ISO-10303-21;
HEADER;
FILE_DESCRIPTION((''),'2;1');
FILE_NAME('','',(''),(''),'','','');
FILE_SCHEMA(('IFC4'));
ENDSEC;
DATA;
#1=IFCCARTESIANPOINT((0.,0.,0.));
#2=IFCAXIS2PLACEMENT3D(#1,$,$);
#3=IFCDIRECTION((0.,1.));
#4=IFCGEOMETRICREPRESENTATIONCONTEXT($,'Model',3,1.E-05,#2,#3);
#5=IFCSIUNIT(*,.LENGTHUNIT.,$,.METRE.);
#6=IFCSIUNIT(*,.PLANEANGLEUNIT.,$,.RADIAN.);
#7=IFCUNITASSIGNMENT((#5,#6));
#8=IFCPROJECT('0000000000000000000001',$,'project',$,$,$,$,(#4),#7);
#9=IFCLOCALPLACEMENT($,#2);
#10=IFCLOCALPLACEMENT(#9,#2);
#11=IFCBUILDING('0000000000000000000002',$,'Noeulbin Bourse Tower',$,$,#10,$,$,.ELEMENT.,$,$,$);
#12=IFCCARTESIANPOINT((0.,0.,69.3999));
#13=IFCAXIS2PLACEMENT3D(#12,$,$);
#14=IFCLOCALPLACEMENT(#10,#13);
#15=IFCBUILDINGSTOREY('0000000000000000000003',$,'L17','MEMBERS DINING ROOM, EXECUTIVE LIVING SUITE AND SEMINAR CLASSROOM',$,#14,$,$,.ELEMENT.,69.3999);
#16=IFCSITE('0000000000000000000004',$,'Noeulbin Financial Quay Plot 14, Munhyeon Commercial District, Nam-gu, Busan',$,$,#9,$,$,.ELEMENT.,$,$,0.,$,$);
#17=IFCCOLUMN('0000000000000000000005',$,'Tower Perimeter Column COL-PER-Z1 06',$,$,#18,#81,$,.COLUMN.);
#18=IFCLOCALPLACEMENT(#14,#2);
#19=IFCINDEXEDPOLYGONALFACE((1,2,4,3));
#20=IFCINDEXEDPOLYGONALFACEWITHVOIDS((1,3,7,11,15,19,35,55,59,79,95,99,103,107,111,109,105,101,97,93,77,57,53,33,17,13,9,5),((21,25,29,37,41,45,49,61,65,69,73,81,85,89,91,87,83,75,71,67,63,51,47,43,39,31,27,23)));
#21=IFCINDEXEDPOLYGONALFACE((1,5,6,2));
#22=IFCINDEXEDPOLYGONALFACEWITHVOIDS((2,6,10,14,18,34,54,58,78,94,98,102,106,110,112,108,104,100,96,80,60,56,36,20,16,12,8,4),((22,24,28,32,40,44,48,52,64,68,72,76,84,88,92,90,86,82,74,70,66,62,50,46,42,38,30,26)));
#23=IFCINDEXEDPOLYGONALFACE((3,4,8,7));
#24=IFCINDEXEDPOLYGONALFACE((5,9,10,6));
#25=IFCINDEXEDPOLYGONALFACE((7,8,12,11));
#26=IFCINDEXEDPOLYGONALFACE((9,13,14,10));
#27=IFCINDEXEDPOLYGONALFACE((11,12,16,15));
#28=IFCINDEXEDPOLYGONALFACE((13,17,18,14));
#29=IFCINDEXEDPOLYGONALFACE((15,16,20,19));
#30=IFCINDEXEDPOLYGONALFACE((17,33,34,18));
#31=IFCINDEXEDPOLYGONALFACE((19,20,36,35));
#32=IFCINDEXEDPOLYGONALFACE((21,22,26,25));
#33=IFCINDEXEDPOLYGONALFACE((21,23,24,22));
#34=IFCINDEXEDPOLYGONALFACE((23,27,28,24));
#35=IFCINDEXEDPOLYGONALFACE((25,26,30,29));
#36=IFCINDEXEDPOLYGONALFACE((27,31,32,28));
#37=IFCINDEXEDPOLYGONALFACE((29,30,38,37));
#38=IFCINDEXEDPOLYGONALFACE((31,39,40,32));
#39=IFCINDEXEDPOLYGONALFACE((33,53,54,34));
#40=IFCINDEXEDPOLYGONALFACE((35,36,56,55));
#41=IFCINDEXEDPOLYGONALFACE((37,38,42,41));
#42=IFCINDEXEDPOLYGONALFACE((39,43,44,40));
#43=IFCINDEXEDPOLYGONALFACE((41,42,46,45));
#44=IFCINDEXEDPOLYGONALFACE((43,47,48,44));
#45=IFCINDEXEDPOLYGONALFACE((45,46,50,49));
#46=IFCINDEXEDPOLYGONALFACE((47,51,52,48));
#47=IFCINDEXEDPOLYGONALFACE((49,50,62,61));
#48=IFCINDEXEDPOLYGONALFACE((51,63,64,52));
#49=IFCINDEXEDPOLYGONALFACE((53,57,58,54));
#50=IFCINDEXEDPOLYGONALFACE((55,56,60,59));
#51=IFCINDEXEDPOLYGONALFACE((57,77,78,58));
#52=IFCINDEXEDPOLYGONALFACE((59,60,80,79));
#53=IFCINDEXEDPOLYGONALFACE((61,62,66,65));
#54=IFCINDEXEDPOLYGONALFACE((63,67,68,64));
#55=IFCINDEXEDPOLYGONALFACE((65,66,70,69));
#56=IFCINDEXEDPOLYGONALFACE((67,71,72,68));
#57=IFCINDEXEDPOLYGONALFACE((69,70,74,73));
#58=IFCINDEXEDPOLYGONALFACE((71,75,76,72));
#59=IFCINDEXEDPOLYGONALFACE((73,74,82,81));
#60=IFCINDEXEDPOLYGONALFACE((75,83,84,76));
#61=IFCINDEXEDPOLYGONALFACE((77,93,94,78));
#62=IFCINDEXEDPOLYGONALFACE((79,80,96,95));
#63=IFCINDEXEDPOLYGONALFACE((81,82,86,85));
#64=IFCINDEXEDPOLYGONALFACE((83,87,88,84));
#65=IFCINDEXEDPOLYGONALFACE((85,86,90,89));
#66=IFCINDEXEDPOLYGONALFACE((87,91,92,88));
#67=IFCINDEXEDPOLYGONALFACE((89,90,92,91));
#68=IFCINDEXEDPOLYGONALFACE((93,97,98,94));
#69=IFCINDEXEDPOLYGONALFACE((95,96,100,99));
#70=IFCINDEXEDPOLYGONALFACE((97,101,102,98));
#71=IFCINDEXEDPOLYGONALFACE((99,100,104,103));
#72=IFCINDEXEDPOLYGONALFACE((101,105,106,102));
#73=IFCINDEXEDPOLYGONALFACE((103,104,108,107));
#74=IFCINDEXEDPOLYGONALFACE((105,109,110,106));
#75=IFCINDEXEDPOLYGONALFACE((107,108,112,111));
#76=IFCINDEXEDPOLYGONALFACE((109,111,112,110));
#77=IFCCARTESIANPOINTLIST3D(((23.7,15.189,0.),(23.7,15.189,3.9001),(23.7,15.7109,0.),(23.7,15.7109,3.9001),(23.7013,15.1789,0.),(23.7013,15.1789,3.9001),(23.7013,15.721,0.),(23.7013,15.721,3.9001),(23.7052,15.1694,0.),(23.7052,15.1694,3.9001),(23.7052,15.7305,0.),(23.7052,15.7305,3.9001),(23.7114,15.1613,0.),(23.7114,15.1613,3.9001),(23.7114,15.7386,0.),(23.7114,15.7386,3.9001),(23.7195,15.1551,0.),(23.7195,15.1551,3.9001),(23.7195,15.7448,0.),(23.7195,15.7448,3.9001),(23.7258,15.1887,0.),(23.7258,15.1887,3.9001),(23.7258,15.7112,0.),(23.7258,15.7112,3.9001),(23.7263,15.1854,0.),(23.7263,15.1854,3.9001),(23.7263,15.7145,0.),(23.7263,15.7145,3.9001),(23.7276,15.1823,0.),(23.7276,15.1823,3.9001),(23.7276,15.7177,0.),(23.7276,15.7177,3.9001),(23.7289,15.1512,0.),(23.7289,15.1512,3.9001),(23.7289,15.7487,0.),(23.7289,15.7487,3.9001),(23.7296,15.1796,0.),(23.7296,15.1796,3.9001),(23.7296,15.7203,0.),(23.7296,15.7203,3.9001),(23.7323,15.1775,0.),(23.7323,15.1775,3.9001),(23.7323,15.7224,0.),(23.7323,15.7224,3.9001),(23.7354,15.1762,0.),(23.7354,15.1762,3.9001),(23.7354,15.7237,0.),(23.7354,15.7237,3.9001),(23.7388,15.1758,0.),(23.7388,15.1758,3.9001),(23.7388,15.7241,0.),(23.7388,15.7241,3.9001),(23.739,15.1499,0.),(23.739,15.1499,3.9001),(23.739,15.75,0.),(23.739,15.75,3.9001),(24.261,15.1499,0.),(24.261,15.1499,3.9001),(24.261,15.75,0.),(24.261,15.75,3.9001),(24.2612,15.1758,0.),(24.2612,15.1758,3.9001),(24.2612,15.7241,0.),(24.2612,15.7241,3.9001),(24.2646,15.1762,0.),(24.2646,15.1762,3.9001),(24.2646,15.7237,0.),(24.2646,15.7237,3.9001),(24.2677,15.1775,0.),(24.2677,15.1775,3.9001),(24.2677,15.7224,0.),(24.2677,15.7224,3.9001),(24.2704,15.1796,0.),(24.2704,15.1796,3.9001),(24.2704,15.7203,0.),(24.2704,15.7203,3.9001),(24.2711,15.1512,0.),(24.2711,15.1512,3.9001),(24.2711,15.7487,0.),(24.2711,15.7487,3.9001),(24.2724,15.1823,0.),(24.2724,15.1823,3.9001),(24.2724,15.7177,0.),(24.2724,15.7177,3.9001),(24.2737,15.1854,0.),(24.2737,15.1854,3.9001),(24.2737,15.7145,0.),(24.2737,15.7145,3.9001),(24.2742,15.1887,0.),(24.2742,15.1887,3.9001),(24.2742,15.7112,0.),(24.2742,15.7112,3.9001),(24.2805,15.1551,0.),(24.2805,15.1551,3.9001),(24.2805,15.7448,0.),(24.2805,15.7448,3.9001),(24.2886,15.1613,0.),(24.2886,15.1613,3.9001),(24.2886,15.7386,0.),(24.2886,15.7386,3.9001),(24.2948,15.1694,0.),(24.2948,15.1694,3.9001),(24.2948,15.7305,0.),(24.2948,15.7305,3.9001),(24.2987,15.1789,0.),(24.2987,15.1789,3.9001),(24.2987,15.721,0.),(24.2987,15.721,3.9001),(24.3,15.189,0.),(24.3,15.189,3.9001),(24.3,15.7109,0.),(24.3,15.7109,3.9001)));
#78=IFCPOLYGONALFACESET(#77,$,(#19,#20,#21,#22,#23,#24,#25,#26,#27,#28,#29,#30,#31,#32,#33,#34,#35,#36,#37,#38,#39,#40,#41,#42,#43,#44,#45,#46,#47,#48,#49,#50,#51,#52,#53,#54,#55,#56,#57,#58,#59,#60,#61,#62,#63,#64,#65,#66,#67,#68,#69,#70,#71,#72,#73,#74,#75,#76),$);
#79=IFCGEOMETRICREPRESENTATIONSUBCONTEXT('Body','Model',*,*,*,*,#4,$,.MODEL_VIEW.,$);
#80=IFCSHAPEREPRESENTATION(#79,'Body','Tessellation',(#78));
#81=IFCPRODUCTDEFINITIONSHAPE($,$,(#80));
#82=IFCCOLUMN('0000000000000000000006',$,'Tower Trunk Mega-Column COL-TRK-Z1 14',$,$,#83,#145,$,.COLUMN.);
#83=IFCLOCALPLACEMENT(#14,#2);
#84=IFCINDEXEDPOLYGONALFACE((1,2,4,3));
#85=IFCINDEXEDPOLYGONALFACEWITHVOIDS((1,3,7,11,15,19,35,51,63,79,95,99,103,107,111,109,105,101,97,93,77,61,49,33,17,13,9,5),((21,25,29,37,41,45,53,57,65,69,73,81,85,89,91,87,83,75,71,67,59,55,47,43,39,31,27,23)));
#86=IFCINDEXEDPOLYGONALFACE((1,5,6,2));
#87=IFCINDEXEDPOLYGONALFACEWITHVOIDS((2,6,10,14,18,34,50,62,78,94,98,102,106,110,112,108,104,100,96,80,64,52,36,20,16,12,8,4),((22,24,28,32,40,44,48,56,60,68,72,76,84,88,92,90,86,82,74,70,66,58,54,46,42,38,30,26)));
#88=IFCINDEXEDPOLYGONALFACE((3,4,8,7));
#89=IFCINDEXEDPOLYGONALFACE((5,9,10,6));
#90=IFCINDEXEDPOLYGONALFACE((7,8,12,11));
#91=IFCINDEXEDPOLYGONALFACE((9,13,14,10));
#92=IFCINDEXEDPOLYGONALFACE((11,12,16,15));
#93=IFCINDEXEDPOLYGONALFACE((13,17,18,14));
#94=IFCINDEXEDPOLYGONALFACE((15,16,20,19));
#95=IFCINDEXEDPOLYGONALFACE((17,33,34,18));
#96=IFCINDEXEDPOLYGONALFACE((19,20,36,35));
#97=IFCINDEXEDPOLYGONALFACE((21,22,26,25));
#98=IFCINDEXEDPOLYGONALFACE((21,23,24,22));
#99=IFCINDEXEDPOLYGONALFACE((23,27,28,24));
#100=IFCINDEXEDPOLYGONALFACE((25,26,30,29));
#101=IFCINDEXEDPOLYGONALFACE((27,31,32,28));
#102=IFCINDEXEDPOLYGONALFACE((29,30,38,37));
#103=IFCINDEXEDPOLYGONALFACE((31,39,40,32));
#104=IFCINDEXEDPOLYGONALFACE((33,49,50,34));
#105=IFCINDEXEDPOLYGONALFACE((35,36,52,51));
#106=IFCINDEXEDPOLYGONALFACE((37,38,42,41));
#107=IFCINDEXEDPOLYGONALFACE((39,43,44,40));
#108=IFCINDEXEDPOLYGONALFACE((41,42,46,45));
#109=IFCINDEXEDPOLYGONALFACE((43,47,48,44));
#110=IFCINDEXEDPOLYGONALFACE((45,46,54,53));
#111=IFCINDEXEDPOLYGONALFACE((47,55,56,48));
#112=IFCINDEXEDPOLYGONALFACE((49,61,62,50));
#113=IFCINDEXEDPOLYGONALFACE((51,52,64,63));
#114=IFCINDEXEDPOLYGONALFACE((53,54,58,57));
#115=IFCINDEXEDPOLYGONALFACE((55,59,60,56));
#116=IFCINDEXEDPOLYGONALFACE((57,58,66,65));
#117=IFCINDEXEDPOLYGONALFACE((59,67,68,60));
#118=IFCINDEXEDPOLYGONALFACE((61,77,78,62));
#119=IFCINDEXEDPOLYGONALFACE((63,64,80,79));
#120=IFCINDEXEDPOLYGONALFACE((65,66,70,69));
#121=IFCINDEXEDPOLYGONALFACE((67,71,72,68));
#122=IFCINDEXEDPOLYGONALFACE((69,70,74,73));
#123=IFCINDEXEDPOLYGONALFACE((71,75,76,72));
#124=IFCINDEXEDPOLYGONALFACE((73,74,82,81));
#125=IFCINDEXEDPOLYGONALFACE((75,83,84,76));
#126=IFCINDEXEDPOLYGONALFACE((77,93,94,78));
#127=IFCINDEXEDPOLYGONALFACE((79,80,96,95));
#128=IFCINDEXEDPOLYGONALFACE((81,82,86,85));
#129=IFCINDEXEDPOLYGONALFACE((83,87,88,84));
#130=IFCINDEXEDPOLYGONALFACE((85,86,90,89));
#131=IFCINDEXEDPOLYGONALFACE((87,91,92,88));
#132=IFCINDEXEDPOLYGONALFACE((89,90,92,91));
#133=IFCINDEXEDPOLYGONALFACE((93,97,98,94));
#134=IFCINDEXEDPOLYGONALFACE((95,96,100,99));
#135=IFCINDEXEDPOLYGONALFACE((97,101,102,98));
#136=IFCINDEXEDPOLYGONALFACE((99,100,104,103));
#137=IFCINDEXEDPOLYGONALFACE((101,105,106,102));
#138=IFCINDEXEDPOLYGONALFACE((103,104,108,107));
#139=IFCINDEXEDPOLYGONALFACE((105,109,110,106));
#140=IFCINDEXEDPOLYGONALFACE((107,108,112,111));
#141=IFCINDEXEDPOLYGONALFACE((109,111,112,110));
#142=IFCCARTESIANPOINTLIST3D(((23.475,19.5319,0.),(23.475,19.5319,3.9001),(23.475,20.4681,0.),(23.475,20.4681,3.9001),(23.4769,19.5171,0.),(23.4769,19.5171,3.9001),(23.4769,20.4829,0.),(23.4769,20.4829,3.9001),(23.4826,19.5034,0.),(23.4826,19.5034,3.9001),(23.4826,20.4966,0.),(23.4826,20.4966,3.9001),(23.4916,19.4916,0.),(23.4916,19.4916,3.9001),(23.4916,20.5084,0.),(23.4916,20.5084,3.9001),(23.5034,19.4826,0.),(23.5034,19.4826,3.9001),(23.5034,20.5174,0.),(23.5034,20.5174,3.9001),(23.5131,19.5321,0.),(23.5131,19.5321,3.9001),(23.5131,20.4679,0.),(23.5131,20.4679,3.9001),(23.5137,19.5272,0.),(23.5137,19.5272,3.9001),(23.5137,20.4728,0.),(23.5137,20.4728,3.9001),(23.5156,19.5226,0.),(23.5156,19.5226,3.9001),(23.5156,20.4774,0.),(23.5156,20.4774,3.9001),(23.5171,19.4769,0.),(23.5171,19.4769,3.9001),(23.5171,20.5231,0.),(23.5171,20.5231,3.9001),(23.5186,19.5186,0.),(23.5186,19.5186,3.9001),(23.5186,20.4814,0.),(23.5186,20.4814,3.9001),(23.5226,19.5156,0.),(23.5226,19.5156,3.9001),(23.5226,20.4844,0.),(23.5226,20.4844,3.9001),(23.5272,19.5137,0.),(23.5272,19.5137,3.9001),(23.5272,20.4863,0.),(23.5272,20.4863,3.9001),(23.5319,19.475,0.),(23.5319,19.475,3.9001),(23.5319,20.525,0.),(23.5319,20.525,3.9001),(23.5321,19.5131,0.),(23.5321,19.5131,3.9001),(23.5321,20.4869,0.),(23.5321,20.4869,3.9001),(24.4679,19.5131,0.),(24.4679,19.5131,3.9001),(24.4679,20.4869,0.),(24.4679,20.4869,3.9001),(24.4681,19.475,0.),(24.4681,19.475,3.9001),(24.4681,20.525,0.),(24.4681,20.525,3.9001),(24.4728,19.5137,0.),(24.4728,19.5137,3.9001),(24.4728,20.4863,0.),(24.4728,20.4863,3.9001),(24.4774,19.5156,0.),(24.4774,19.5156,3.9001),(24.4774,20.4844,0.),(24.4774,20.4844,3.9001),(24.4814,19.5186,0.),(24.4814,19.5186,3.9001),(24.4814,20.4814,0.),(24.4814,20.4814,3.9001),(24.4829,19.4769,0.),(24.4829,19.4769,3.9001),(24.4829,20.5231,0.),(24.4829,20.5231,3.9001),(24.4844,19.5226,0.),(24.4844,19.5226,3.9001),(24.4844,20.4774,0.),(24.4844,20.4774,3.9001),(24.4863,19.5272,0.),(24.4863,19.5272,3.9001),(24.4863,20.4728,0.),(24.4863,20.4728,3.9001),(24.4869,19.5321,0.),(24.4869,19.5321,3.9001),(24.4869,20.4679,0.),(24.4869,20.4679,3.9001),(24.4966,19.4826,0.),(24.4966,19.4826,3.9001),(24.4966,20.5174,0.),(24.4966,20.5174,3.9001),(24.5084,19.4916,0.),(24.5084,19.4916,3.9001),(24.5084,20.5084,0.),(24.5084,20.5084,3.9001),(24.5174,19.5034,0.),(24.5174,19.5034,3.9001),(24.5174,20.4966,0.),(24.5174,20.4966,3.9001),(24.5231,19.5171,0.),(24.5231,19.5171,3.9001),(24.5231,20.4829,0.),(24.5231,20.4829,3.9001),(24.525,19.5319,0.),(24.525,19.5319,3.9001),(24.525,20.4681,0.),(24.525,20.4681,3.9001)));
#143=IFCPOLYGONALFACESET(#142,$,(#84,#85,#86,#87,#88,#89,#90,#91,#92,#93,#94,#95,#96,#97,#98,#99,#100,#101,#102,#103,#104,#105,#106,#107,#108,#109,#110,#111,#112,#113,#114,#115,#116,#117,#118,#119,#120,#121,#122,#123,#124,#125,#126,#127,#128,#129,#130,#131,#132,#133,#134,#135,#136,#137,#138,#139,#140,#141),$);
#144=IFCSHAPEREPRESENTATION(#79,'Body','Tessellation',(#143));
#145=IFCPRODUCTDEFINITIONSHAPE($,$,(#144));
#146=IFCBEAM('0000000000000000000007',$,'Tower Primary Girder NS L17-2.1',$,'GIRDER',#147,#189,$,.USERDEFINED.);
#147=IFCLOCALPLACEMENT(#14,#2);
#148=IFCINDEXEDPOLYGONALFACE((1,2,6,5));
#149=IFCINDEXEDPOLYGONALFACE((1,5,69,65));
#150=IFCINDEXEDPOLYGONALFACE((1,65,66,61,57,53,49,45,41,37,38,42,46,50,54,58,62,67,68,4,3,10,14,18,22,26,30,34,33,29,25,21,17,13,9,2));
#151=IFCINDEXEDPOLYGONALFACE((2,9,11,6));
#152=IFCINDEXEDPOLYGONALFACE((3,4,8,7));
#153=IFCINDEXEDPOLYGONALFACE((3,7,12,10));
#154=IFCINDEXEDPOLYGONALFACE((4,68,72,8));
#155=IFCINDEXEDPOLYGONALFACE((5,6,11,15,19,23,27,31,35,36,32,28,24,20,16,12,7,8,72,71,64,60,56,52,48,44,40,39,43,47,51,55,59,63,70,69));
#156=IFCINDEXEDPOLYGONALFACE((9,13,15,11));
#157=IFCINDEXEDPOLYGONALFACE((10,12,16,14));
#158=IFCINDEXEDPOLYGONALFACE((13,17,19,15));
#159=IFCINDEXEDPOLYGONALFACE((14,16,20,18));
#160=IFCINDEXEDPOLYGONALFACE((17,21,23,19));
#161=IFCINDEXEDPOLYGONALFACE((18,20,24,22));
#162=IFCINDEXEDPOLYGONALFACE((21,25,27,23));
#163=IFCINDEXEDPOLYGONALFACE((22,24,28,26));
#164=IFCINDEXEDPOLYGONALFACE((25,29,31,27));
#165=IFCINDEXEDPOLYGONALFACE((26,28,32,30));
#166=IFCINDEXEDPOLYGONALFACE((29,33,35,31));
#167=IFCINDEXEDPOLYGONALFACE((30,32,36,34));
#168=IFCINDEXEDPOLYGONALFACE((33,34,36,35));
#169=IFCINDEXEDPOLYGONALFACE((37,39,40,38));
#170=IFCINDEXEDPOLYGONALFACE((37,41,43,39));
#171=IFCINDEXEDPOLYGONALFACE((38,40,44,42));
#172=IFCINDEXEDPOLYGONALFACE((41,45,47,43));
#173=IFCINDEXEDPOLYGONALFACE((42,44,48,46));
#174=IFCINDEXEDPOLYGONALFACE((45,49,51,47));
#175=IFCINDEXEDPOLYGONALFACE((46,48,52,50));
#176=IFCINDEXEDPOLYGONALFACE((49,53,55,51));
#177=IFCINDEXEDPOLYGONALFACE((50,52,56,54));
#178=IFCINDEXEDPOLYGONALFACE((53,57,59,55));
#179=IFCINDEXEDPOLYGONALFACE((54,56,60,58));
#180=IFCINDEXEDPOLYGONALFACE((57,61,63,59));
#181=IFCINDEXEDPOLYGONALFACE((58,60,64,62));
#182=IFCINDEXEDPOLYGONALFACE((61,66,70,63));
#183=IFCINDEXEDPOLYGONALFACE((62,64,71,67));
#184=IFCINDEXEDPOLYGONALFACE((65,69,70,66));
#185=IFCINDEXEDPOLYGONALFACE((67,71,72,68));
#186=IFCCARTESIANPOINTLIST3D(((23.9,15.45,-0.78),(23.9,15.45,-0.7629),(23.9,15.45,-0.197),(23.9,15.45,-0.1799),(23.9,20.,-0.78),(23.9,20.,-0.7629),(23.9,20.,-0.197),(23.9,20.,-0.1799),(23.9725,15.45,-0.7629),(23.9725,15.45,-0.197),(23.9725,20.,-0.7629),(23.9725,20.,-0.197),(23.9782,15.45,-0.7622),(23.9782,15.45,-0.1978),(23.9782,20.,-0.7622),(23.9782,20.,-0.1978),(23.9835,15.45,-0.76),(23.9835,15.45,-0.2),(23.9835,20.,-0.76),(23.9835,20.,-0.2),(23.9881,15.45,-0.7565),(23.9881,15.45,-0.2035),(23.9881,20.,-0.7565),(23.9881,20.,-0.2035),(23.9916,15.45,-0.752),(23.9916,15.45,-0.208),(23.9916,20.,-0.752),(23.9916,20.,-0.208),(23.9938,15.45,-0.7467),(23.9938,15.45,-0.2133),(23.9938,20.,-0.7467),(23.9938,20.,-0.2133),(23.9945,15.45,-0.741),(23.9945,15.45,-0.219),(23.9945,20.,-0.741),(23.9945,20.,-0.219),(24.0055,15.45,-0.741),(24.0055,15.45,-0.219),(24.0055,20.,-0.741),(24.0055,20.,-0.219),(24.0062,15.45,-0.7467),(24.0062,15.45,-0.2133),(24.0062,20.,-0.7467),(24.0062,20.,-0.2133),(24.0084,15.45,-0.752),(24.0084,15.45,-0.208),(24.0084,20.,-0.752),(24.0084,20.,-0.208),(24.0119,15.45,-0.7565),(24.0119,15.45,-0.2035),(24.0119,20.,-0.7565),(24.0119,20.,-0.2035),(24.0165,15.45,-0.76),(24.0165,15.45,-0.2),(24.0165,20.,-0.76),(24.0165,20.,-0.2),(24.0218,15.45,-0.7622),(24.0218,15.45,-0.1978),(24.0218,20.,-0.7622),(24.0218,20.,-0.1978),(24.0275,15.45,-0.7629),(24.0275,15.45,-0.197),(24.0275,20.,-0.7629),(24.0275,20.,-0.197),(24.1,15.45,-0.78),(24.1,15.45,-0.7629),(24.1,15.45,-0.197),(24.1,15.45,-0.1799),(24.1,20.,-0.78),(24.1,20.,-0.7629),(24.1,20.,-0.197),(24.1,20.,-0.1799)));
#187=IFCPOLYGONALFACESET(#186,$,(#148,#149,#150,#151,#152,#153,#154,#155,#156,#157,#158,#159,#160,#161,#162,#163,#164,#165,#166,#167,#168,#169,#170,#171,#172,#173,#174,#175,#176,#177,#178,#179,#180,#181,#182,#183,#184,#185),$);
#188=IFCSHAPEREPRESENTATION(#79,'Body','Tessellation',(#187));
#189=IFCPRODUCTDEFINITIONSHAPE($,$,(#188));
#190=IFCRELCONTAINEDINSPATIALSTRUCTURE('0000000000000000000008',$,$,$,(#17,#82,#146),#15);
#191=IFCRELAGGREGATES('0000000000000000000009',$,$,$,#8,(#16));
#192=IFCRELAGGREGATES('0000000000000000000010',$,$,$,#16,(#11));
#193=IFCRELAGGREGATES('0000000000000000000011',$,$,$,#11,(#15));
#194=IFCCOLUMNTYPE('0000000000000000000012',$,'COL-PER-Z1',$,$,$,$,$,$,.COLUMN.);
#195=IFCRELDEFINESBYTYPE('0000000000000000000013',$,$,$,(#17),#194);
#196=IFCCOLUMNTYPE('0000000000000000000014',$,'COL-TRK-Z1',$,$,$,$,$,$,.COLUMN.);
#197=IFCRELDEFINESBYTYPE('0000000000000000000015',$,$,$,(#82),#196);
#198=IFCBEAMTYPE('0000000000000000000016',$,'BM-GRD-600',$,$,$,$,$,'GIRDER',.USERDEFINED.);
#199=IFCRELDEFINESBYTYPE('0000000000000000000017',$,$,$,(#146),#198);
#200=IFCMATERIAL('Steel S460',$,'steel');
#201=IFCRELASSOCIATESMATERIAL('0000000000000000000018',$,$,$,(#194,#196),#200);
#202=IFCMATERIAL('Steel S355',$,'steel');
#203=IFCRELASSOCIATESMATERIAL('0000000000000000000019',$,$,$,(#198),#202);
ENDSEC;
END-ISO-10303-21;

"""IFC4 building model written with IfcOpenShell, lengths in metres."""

from ifc_helpers import new_model, si_unit, direction, frame, origin, origin_2d, place, context, subcontext, project, spatial, hollow_rectangle, i_section, extrude, material, material_profile, profile_set, type_object, element, save


model = new_model("IFC4")

# Units and contexts
model_context = context("Model", 3, precision=1e-05, world=origin(), true_north=direction((0.0, 1.0)))
body_context = subcontext(model_context, "Body", "Model", "MODEL_VIEW")
ifc_project = project(units=[si_unit("LENGTHUNIT", "METRE"), si_unit("PLANEANGLEUNIT", "RADIAN")], contexts=[model_context])

# Site, building, storey
site_placement = place(None, origin())
site = spatial("IfcSite", under=ifc_project, at=site_placement, Name="Noeulbin Financial Quay Plot 14, Munhyeon Commercial District, Nam-gu, Busan", CompositionType="ELEMENT", RefElevation=0.0)
building_placement = place(site_placement, origin())
building = spatial("IfcBuilding", under=site, at=building_placement, Name="Noeulbin Bourse Tower", CompositionType="ELEMENT")
storey_placement = place(building_placement, frame((0.0, 0.0, 69.3999)))
storey = spatial("IfcBuildingStorey", under=building, at=storey_placement, Name="L17", Description="MEMBERS DINING ROOM, EXECUTIVE LIVING SUITE AND SEMINAR CLASSROOM", CompositionType="ELEMENT", Elevation=69.3999)

# Columns
ifc_material_1 = material(Name="Steel S460", Category="steel")
ifc_material_profile_1 = material_profile(ifc_material_1, hollow_rectangle(XDim=0.6001, YDim=0.6001, WallThickness=0.0259, InnerFilletRadius=0.0129, OuterFilletRadius=0.0391, at=origin_2d()), Name="BOX-600x600x26", Category="LoadBearing")
ifc_profile_set_1 = profile_set([ifc_material_profile_1], Name="Steel S460")
column_type_1 = type_object("IfcColumnType", Name="COL-PER-Z1", PredefinedType="COLUMN", material=ifc_profile_set_1)
column_1_placement = place(storey_placement, frame((24.0, 15.45, 0.0), z_axis=(0.0, 0.0, 1.0), x_axis=(1.0, 0.0, 0.0)))
element("IfcColumn", 1, at=column_1_placement, inside=storey, type_object=column_type_1, Name="Tower Perimeter Column COL-PER-Z1 06", PredefinedType="COLUMN", context=body_context, shape_type="SweptSolid", body=[
    extrude(hollow_rectangle(XDim=0.6001, YDim=0.6001, WallThickness=0.0259, InnerFilletRadius=0.0129, OuterFilletRadius=0.0391, at=origin_2d()), origin(), (0.0, 0.0, 1.0), 3.9001),
])
ifc_material_profile_2 = material_profile(ifc_material_1, hollow_rectangle(XDim=1.05, YDim=1.05, WallThickness=0.0381, InnerFilletRadius=0.019, OuterFilletRadius=0.0569, at=origin_2d()), Name="BOX-1050x1050x38", Category="LoadBearing")
ifc_profile_set_2 = profile_set([ifc_material_profile_2], Name="Steel S460")
column_type_2 = type_object("IfcColumnType", Name="COL-TRK-Z1", PredefinedType="COLUMN", material=ifc_profile_set_2)
column_2_placement = place(storey_placement, frame((24.0, 20.0, 0.0), z_axis=(0.0, 0.0, 1.0), x_axis=(1.0, 0.0, 0.0)))
element("IfcColumn", 2, at=column_2_placement, inside=storey, type_object=column_type_2, Name="Tower Trunk Mega-Column COL-TRK-Z1 14", PredefinedType="COLUMN", context=body_context, shape_type="SweptSolid", body=[
    extrude(hollow_rectangle(XDim=1.05, YDim=1.05, WallThickness=0.0381, InnerFilletRadius=0.019, OuterFilletRadius=0.0569, at=origin_2d()), origin(), (0.0, 0.0, 1.0), 3.9001),
])

# Beam
ifc_material_2 = material(Name="Steel S355", Category="steel")
ifc_material_profile_3 = material_profile(ifc_material_2, i_section(OverallWidth=0.2, OverallDepth=0.6001, WebThickness=0.011, FlangeThickness=0.0171, FilletRadius=0.022, at=origin_2d()), Name="H-600x200x11x17", Category="LoadBearing")
ifc_profile_set_3 = profile_set([ifc_material_profile_3], Name="Steel S355")
beam_type_1 = type_object("IfcBeamType", Name="BM-GRD-600", ElementType="GIRDER", PredefinedType="USERDEFINED", material=ifc_profile_set_3)
beam_1_placement = place(storey_placement, frame((24.0, 15.45, -0.48), z_axis=(0.0, 1.0, 0.0), x_axis=(-1.0, 0.0, 0.0)))
element("IfcBeam", 3, at=beam_1_placement, inside=storey, type_object=beam_type_1, Name="Tower Primary Girder NS L17-2.1", ObjectType="GIRDER", PredefinedType="USERDEFINED", context=body_context, shape_type="SweptSolid", body=[
    extrude(i_section(OverallWidth=0.2, OverallDepth=0.6001, WebThickness=0.011, FlangeThickness=0.0171, FilletRadius=0.022, at=origin_2d()), origin(), (0.0, 0.0, 1.0), 4.55),
])

save(model, "model.ifc")
